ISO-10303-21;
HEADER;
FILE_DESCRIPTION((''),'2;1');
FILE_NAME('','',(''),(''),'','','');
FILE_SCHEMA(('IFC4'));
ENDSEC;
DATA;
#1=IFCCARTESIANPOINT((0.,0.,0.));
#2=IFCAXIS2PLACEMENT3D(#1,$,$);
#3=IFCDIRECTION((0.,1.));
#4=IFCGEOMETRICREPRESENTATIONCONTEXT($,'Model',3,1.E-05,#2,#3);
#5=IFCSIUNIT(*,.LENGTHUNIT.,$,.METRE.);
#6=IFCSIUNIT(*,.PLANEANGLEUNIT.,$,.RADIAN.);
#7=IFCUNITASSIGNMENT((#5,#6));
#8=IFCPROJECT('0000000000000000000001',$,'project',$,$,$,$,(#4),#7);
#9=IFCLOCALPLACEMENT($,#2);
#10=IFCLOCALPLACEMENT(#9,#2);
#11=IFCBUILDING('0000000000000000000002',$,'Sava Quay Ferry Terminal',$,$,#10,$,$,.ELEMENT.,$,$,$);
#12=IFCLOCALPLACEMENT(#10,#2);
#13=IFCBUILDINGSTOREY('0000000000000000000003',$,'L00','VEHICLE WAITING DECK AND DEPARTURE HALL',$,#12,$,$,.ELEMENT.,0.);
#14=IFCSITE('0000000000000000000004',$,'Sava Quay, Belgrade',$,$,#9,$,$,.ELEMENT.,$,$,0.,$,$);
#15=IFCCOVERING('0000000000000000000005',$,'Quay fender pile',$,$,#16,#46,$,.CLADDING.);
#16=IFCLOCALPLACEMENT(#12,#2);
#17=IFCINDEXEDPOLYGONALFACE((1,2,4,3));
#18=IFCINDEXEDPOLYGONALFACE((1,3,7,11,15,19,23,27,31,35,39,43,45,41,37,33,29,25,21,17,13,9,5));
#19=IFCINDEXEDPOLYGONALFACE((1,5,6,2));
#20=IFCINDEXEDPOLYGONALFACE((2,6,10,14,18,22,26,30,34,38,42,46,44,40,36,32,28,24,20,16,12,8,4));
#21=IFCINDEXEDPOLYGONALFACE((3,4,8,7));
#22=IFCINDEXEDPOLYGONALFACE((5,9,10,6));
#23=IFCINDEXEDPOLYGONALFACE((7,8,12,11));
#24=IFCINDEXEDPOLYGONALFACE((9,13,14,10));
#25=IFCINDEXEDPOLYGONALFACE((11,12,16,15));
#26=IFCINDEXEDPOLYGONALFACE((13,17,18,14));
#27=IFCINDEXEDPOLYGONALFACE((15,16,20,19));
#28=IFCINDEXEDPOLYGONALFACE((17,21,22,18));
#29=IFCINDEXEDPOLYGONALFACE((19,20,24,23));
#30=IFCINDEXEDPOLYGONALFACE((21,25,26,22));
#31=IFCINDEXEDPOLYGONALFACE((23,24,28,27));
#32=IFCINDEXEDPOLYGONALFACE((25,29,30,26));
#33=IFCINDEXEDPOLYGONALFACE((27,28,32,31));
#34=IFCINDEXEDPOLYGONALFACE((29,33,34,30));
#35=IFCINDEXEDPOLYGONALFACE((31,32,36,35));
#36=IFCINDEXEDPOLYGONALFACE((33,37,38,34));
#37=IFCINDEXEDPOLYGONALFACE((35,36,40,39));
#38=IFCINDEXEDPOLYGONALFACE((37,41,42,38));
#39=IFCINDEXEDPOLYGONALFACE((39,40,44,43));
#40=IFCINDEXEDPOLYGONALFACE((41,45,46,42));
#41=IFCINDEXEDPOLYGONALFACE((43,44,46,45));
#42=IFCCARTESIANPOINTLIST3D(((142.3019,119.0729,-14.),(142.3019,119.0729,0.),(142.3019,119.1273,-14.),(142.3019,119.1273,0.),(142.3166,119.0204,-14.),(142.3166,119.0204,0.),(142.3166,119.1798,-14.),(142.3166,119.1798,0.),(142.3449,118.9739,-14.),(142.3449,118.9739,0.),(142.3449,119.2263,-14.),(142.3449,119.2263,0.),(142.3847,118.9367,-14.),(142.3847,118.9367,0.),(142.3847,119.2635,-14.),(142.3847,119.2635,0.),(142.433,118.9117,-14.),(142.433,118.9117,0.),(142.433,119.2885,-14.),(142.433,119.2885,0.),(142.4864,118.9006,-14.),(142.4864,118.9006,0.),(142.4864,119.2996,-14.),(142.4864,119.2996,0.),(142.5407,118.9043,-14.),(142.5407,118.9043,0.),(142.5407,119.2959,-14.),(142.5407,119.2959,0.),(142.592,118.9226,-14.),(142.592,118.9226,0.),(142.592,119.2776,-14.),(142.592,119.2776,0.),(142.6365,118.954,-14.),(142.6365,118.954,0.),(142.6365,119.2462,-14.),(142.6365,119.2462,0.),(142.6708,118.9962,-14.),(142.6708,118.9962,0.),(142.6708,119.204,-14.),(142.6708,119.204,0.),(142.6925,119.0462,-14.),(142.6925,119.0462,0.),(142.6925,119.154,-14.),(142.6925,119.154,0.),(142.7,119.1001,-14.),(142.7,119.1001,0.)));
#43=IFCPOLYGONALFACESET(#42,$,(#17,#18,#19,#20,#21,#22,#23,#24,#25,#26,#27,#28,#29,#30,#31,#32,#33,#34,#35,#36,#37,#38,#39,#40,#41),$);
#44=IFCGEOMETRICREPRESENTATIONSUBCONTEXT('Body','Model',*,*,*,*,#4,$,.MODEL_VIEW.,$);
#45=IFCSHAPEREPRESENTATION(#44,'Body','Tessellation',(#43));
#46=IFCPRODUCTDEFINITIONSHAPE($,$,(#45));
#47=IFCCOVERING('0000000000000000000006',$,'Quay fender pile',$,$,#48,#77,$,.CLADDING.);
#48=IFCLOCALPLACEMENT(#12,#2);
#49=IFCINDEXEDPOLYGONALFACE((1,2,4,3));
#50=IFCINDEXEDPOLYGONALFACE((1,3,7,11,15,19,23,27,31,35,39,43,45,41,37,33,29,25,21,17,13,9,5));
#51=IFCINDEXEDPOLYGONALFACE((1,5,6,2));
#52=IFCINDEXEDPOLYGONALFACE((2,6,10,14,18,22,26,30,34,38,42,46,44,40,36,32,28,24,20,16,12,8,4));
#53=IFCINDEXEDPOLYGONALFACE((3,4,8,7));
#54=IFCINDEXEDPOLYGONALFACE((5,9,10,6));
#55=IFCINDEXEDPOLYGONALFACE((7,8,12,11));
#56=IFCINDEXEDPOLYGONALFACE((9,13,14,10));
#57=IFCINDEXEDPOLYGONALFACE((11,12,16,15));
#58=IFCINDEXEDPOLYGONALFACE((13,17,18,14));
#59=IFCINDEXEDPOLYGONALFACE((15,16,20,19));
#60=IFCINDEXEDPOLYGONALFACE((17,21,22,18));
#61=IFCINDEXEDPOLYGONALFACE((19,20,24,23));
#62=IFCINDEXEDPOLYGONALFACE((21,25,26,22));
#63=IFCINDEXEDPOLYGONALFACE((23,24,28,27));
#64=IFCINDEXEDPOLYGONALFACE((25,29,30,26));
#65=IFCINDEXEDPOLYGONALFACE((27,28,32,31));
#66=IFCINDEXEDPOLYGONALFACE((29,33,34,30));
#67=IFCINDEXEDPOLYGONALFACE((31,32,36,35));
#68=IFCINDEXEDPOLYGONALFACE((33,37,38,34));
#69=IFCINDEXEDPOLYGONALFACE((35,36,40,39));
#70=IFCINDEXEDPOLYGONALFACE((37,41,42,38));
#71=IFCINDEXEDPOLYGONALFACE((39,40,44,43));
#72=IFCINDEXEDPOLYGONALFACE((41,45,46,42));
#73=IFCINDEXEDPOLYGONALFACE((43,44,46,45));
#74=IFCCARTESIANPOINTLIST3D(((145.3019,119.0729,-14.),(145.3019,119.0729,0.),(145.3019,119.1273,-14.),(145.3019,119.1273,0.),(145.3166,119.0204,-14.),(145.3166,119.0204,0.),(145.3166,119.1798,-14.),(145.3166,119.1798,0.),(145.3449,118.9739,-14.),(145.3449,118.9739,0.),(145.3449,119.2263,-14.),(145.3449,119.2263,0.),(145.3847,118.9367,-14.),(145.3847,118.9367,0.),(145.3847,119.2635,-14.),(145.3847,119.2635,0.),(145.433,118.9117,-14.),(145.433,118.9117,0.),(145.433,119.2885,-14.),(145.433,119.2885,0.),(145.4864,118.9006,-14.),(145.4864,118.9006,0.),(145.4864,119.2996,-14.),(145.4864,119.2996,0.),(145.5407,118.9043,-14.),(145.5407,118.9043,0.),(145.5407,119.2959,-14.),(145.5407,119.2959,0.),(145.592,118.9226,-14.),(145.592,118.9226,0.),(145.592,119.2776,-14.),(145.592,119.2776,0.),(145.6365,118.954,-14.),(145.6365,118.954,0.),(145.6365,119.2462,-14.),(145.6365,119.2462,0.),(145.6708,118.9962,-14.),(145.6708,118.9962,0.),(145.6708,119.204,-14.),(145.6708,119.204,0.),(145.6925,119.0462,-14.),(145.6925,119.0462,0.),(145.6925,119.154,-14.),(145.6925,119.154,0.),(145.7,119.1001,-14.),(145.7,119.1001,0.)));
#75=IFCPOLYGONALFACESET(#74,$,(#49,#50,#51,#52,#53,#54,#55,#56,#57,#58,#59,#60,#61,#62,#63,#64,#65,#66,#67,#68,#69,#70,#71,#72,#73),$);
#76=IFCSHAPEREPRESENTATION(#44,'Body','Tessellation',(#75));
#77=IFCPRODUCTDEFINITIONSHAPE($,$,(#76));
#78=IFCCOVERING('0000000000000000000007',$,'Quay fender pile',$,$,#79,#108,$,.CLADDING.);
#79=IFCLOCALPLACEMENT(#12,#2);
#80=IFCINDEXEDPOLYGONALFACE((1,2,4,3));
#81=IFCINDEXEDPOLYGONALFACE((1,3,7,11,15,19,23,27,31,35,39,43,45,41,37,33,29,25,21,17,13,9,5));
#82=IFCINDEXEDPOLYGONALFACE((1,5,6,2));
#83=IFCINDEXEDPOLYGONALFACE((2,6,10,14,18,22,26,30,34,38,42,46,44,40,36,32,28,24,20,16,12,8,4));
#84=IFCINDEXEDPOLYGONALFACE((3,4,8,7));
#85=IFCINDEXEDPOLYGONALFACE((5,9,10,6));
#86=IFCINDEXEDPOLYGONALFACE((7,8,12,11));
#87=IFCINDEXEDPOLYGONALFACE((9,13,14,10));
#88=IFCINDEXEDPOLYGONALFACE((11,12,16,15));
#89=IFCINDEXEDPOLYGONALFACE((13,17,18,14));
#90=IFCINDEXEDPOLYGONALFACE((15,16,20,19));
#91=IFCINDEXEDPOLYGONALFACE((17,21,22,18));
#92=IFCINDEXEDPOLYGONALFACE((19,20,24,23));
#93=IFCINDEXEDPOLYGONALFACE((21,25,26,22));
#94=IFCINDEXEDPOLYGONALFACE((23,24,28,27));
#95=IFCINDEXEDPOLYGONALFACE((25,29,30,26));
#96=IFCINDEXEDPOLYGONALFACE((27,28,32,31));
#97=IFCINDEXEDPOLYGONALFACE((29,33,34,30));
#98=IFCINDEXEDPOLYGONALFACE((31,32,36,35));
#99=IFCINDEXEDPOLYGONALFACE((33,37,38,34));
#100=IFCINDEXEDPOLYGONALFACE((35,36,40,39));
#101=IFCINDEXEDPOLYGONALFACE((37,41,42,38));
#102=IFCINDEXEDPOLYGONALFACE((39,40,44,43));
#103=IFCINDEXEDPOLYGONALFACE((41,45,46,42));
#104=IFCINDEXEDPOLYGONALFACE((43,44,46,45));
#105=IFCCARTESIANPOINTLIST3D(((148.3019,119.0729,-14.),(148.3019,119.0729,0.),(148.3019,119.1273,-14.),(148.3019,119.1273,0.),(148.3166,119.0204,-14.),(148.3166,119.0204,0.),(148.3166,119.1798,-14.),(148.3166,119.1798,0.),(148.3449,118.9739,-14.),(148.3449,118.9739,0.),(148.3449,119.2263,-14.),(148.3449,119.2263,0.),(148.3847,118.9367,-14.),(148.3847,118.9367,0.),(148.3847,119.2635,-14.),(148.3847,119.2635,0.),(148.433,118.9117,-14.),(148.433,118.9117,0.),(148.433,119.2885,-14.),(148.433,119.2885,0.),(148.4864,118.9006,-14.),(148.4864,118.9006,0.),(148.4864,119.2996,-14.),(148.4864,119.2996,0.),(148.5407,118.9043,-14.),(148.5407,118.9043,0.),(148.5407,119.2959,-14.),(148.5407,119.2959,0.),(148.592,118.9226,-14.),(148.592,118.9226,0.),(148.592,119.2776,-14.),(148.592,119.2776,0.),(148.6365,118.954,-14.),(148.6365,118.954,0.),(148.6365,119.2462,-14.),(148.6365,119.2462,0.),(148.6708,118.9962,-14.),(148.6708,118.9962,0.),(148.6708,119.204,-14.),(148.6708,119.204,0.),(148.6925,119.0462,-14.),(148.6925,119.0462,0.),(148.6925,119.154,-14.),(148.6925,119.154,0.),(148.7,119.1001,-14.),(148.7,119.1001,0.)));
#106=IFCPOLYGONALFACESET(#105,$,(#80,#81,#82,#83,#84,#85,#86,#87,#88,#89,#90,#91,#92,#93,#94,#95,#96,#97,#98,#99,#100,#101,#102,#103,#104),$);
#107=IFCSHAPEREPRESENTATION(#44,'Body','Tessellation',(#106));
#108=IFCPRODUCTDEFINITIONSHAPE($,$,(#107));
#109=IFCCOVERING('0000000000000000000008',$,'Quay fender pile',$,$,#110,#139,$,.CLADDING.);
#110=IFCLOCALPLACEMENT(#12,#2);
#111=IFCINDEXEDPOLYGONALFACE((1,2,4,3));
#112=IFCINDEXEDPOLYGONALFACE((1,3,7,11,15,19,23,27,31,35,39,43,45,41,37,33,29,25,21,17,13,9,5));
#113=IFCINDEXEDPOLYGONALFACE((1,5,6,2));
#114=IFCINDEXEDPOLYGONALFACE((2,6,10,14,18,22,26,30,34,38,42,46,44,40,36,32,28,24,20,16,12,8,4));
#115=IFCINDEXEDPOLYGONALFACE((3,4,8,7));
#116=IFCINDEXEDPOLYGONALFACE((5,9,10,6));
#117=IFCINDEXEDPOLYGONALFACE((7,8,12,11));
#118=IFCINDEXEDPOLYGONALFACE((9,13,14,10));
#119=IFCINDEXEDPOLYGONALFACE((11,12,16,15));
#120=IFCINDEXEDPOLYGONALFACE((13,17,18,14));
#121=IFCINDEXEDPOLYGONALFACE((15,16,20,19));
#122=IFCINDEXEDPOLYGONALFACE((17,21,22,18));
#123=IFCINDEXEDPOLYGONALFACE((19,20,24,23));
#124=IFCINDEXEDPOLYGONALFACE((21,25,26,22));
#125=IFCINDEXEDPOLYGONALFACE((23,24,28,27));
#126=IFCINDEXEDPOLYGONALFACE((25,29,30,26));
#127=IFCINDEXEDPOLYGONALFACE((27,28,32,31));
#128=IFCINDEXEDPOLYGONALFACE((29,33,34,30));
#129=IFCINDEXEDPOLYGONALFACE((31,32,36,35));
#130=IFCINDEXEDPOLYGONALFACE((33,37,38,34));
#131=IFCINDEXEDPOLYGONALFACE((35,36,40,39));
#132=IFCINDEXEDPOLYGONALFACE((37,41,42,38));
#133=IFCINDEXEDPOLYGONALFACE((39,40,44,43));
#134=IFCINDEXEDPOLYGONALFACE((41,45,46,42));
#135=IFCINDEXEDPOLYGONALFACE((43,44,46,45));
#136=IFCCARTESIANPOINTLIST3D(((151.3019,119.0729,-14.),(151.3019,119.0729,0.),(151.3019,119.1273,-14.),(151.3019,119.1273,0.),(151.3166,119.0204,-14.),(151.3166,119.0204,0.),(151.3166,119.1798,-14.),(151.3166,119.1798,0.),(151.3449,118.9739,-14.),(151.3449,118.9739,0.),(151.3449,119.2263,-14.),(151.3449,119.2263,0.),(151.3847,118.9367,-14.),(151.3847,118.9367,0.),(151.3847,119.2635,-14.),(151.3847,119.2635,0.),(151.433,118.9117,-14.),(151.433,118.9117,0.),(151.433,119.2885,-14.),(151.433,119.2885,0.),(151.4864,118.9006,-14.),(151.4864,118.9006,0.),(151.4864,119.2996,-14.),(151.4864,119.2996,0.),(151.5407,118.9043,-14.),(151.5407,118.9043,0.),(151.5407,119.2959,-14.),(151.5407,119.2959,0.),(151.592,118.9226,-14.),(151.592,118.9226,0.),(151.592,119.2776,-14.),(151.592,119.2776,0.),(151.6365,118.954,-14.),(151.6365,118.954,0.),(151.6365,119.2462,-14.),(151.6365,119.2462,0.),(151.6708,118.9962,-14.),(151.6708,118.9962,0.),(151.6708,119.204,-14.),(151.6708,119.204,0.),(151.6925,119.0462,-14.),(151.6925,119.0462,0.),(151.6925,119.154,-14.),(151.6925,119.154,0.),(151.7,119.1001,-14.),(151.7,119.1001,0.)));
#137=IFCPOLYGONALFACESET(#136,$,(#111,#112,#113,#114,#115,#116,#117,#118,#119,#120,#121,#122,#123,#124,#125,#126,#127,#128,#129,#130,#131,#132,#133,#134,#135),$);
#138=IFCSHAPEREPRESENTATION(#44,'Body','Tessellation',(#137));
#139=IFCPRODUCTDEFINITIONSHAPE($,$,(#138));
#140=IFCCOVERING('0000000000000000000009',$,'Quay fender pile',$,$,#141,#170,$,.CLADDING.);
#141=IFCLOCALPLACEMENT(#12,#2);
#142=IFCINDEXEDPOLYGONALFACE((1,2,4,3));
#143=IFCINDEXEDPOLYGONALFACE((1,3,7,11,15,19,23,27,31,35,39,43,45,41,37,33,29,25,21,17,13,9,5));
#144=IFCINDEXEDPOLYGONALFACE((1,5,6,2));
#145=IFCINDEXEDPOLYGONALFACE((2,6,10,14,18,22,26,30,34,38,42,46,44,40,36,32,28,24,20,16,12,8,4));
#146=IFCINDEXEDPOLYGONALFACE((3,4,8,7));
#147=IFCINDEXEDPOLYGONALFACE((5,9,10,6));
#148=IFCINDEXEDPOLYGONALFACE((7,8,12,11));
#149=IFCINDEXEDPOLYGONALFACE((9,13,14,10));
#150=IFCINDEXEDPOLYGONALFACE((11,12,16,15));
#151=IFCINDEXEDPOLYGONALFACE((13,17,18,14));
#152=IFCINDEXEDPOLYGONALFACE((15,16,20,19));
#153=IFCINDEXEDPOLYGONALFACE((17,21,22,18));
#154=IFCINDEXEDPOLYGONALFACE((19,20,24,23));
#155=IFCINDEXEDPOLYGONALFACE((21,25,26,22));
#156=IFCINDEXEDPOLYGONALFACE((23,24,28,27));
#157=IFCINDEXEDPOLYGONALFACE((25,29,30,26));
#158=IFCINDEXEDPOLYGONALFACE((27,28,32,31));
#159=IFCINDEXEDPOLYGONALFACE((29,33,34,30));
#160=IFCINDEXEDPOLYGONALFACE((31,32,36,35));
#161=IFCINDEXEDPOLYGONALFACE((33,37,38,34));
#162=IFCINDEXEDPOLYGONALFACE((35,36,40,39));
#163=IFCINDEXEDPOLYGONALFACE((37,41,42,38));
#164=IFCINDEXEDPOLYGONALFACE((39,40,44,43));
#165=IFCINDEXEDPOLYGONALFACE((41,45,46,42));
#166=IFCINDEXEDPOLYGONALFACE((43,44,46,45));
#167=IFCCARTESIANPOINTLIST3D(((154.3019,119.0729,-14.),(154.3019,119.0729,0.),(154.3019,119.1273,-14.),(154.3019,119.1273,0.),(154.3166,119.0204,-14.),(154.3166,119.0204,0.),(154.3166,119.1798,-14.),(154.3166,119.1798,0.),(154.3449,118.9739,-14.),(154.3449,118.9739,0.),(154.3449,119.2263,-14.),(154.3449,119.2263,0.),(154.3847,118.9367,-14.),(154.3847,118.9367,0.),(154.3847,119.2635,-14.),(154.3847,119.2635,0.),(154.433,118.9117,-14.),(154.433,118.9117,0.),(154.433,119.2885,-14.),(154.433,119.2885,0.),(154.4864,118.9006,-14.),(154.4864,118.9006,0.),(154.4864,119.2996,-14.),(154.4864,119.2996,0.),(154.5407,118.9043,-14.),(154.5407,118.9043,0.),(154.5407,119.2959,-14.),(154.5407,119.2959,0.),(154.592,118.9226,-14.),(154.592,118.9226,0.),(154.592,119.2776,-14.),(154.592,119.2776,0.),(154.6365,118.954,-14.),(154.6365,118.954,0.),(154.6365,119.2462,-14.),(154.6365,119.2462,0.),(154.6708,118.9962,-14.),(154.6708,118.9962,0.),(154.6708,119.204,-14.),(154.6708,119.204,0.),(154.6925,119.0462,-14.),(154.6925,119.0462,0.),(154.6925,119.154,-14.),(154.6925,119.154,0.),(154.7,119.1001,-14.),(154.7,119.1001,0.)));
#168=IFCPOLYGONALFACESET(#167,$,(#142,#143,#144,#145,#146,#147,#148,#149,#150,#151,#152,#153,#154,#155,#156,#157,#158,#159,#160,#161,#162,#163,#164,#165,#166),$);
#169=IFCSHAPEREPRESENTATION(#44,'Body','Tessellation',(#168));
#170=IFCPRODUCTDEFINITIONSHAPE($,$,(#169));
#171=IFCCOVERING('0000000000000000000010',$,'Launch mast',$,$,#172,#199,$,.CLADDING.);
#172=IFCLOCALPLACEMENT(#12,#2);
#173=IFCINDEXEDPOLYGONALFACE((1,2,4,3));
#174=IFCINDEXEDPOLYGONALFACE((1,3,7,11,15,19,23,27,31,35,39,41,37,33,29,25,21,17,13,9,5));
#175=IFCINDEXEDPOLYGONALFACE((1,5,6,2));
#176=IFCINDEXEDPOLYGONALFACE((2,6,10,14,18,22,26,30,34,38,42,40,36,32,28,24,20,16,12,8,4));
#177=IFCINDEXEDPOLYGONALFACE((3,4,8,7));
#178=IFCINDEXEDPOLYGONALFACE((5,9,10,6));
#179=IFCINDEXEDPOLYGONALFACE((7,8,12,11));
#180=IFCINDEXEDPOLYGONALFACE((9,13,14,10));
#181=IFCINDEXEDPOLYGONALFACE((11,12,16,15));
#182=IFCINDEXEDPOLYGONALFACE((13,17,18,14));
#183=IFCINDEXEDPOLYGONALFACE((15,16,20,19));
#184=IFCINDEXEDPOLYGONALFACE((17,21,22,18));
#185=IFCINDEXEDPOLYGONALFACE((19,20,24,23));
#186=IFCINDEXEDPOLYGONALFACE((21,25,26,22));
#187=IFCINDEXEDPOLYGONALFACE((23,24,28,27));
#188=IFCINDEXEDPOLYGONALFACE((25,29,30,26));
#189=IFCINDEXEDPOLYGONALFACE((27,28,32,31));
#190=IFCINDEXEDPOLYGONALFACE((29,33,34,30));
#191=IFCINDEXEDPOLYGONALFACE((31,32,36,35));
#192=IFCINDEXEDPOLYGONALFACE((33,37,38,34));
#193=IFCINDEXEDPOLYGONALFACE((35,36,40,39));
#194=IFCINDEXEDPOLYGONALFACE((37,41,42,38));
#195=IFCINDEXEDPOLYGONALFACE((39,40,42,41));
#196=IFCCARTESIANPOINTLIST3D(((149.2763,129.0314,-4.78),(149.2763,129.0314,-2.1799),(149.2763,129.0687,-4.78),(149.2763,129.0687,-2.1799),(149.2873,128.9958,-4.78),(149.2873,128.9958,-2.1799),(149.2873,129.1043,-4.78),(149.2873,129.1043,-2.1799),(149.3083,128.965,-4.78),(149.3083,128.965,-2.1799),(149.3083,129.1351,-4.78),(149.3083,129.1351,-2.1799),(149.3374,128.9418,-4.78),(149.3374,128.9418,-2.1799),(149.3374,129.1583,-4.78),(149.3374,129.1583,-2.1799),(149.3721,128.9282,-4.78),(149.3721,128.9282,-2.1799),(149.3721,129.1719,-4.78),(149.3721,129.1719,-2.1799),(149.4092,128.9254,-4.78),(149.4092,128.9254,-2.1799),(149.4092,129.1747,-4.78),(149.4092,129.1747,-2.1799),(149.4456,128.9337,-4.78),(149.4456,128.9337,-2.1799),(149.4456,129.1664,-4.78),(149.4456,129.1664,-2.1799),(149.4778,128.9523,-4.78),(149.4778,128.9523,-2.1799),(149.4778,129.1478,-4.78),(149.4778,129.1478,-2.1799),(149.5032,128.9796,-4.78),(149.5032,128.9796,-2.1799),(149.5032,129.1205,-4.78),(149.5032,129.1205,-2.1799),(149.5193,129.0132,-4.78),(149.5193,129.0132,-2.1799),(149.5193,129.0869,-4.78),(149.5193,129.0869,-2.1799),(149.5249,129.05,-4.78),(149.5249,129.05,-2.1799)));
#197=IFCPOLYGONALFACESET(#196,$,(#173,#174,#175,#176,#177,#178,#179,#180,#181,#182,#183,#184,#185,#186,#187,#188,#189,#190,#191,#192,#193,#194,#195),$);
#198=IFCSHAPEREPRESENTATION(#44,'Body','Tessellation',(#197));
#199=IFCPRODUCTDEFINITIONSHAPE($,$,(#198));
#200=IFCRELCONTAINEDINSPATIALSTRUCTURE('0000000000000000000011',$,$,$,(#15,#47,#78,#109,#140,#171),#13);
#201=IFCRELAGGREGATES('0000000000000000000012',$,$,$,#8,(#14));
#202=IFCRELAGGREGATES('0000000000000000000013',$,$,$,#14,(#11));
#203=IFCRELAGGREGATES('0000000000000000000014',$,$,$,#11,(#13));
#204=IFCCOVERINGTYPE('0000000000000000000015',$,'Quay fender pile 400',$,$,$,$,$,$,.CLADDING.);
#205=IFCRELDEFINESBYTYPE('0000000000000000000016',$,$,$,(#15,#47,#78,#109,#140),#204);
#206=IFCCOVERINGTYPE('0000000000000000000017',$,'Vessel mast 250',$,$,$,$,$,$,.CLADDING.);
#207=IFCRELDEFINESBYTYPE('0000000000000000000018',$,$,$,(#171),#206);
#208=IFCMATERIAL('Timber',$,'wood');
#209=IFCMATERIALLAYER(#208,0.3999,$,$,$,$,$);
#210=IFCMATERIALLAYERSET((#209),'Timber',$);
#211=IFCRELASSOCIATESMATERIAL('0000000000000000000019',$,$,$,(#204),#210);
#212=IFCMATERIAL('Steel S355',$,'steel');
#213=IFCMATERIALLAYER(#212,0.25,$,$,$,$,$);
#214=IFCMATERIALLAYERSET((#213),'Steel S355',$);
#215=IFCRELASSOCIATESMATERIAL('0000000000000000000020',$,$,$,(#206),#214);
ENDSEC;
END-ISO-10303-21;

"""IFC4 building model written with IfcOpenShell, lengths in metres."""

from ifc_helpers import new_model, si_unit, direction, frame, origin, origin_2d, place, context, subcontext, project, spatial, circle, extrude, material, layer, layer_set, type_object, element, save


model = new_model("IFC4")

# Units and contexts
model_context = context("Model", 3, precision=1e-05, world=origin(), true_north=direction((0.0, 1.0)))
body_context = subcontext(model_context, "Body", "Model", "MODEL_VIEW")
ifc_project = project(units=[si_unit("LENGTHUNIT", "METRE"), si_unit("PLANEANGLEUNIT", "RADIAN")], contexts=[model_context])

# Site, building, storey
site_placement = place(None, origin())
site = spatial("IfcSite", under=ifc_project, at=site_placement, Name="Sava Quay, Belgrade", CompositionType="ELEMENT", RefElevation=0.0)
building_placement = place(site_placement, origin())
building = spatial("IfcBuilding", under=site, at=building_placement, Name="Sava Quay Ferry Terminal", CompositionType="ELEMENT")
storey_placement = place(building_placement, origin())
storey = spatial("IfcBuildingStorey", under=building, at=storey_placement, Name="L00", Description="VEHICLE WAITING DECK AND DEPARTURE HALL", CompositionType="ELEMENT", Elevation=0.0)

# Coverings
ifc_material_1 = material(Name="Timber", Category="wood")
ifc_layer_1 = layer(ifc_material_1, 0.3999)
ifc_layer_set_1 = layer_set([ifc_layer_1], Name="Timber")
covering_type_1 = type_object("IfcCoveringType", Name="Quay fender pile 400", PredefinedType="CLADDING", material=ifc_layer_set_1)
for number, where, z_axis, x_axis, name in (
    (1, (142.5, 119.1001, 0.0), (0.0, 0.0, -1.0), (1.0, 0.0, 0.0), "Quay fender pile"),
    (2, (145.5, 119.1001, 0.0), (0.0, 0.0, -1.0), (1.0, 0.0, 0.0), "Quay fender pile"),
    (3, (148.5, 119.1001, 0.0), (0.0, 0.0, -1.0), (1.0, 0.0, 0.0), "Quay fender pile"),
    (4, (151.5, 119.1001, 0.0), (0.0, 0.0, -1.0), (1.0, 0.0, 0.0), "Quay fender pile"),
    (5, (154.5, 119.1001, 0.0), (0.0, 0.0, -1.0), (1.0, 0.0, 0.0), "Quay fender pile"),
):
    element("IfcCovering", number, at=place(storey_placement, frame(where, z_axis=z_axis, x_axis=x_axis)), inside=storey, type_object=covering_type_1, Name=name, PredefinedType="CLADDING", context=body_context, shape_type="SweptSolid", body=[
        extrude(circle(Radius=0.2, at=origin_2d()), origin(), (0.0, 0.0, 1.0), 14.0),
    ])
ifc_material_2 = material(Name="Steel S355", Category="steel")
ifc_layer_2 = layer(ifc_material_2, 0.25)
ifc_layer_set_2 = layer_set([ifc_layer_2], Name="Steel S355")
covering_type_2 = type_object("IfcCoveringType", Name="Vessel mast 250", PredefinedType="CLADDING", material=ifc_layer_set_2)
covering_1_placement = place(storey_placement, frame((149.3999, 129.05, -2.1799), z_axis=(0.0, 0.0, -1.0), x_axis=(1.0, 0.0, 0.0)))
element("IfcCovering", 6, at=covering_1_placement, inside=storey, type_object=covering_type_2, Name="Launch mast", PredefinedType="CLADDING", context=body_context, shape_type="SweptSolid", body=[
    extrude(circle(Radius=0.125, at=origin_2d()), origin(), (0.0, 0.0, 1.0), 2.6001),
])

save(model, "model.ifc")
